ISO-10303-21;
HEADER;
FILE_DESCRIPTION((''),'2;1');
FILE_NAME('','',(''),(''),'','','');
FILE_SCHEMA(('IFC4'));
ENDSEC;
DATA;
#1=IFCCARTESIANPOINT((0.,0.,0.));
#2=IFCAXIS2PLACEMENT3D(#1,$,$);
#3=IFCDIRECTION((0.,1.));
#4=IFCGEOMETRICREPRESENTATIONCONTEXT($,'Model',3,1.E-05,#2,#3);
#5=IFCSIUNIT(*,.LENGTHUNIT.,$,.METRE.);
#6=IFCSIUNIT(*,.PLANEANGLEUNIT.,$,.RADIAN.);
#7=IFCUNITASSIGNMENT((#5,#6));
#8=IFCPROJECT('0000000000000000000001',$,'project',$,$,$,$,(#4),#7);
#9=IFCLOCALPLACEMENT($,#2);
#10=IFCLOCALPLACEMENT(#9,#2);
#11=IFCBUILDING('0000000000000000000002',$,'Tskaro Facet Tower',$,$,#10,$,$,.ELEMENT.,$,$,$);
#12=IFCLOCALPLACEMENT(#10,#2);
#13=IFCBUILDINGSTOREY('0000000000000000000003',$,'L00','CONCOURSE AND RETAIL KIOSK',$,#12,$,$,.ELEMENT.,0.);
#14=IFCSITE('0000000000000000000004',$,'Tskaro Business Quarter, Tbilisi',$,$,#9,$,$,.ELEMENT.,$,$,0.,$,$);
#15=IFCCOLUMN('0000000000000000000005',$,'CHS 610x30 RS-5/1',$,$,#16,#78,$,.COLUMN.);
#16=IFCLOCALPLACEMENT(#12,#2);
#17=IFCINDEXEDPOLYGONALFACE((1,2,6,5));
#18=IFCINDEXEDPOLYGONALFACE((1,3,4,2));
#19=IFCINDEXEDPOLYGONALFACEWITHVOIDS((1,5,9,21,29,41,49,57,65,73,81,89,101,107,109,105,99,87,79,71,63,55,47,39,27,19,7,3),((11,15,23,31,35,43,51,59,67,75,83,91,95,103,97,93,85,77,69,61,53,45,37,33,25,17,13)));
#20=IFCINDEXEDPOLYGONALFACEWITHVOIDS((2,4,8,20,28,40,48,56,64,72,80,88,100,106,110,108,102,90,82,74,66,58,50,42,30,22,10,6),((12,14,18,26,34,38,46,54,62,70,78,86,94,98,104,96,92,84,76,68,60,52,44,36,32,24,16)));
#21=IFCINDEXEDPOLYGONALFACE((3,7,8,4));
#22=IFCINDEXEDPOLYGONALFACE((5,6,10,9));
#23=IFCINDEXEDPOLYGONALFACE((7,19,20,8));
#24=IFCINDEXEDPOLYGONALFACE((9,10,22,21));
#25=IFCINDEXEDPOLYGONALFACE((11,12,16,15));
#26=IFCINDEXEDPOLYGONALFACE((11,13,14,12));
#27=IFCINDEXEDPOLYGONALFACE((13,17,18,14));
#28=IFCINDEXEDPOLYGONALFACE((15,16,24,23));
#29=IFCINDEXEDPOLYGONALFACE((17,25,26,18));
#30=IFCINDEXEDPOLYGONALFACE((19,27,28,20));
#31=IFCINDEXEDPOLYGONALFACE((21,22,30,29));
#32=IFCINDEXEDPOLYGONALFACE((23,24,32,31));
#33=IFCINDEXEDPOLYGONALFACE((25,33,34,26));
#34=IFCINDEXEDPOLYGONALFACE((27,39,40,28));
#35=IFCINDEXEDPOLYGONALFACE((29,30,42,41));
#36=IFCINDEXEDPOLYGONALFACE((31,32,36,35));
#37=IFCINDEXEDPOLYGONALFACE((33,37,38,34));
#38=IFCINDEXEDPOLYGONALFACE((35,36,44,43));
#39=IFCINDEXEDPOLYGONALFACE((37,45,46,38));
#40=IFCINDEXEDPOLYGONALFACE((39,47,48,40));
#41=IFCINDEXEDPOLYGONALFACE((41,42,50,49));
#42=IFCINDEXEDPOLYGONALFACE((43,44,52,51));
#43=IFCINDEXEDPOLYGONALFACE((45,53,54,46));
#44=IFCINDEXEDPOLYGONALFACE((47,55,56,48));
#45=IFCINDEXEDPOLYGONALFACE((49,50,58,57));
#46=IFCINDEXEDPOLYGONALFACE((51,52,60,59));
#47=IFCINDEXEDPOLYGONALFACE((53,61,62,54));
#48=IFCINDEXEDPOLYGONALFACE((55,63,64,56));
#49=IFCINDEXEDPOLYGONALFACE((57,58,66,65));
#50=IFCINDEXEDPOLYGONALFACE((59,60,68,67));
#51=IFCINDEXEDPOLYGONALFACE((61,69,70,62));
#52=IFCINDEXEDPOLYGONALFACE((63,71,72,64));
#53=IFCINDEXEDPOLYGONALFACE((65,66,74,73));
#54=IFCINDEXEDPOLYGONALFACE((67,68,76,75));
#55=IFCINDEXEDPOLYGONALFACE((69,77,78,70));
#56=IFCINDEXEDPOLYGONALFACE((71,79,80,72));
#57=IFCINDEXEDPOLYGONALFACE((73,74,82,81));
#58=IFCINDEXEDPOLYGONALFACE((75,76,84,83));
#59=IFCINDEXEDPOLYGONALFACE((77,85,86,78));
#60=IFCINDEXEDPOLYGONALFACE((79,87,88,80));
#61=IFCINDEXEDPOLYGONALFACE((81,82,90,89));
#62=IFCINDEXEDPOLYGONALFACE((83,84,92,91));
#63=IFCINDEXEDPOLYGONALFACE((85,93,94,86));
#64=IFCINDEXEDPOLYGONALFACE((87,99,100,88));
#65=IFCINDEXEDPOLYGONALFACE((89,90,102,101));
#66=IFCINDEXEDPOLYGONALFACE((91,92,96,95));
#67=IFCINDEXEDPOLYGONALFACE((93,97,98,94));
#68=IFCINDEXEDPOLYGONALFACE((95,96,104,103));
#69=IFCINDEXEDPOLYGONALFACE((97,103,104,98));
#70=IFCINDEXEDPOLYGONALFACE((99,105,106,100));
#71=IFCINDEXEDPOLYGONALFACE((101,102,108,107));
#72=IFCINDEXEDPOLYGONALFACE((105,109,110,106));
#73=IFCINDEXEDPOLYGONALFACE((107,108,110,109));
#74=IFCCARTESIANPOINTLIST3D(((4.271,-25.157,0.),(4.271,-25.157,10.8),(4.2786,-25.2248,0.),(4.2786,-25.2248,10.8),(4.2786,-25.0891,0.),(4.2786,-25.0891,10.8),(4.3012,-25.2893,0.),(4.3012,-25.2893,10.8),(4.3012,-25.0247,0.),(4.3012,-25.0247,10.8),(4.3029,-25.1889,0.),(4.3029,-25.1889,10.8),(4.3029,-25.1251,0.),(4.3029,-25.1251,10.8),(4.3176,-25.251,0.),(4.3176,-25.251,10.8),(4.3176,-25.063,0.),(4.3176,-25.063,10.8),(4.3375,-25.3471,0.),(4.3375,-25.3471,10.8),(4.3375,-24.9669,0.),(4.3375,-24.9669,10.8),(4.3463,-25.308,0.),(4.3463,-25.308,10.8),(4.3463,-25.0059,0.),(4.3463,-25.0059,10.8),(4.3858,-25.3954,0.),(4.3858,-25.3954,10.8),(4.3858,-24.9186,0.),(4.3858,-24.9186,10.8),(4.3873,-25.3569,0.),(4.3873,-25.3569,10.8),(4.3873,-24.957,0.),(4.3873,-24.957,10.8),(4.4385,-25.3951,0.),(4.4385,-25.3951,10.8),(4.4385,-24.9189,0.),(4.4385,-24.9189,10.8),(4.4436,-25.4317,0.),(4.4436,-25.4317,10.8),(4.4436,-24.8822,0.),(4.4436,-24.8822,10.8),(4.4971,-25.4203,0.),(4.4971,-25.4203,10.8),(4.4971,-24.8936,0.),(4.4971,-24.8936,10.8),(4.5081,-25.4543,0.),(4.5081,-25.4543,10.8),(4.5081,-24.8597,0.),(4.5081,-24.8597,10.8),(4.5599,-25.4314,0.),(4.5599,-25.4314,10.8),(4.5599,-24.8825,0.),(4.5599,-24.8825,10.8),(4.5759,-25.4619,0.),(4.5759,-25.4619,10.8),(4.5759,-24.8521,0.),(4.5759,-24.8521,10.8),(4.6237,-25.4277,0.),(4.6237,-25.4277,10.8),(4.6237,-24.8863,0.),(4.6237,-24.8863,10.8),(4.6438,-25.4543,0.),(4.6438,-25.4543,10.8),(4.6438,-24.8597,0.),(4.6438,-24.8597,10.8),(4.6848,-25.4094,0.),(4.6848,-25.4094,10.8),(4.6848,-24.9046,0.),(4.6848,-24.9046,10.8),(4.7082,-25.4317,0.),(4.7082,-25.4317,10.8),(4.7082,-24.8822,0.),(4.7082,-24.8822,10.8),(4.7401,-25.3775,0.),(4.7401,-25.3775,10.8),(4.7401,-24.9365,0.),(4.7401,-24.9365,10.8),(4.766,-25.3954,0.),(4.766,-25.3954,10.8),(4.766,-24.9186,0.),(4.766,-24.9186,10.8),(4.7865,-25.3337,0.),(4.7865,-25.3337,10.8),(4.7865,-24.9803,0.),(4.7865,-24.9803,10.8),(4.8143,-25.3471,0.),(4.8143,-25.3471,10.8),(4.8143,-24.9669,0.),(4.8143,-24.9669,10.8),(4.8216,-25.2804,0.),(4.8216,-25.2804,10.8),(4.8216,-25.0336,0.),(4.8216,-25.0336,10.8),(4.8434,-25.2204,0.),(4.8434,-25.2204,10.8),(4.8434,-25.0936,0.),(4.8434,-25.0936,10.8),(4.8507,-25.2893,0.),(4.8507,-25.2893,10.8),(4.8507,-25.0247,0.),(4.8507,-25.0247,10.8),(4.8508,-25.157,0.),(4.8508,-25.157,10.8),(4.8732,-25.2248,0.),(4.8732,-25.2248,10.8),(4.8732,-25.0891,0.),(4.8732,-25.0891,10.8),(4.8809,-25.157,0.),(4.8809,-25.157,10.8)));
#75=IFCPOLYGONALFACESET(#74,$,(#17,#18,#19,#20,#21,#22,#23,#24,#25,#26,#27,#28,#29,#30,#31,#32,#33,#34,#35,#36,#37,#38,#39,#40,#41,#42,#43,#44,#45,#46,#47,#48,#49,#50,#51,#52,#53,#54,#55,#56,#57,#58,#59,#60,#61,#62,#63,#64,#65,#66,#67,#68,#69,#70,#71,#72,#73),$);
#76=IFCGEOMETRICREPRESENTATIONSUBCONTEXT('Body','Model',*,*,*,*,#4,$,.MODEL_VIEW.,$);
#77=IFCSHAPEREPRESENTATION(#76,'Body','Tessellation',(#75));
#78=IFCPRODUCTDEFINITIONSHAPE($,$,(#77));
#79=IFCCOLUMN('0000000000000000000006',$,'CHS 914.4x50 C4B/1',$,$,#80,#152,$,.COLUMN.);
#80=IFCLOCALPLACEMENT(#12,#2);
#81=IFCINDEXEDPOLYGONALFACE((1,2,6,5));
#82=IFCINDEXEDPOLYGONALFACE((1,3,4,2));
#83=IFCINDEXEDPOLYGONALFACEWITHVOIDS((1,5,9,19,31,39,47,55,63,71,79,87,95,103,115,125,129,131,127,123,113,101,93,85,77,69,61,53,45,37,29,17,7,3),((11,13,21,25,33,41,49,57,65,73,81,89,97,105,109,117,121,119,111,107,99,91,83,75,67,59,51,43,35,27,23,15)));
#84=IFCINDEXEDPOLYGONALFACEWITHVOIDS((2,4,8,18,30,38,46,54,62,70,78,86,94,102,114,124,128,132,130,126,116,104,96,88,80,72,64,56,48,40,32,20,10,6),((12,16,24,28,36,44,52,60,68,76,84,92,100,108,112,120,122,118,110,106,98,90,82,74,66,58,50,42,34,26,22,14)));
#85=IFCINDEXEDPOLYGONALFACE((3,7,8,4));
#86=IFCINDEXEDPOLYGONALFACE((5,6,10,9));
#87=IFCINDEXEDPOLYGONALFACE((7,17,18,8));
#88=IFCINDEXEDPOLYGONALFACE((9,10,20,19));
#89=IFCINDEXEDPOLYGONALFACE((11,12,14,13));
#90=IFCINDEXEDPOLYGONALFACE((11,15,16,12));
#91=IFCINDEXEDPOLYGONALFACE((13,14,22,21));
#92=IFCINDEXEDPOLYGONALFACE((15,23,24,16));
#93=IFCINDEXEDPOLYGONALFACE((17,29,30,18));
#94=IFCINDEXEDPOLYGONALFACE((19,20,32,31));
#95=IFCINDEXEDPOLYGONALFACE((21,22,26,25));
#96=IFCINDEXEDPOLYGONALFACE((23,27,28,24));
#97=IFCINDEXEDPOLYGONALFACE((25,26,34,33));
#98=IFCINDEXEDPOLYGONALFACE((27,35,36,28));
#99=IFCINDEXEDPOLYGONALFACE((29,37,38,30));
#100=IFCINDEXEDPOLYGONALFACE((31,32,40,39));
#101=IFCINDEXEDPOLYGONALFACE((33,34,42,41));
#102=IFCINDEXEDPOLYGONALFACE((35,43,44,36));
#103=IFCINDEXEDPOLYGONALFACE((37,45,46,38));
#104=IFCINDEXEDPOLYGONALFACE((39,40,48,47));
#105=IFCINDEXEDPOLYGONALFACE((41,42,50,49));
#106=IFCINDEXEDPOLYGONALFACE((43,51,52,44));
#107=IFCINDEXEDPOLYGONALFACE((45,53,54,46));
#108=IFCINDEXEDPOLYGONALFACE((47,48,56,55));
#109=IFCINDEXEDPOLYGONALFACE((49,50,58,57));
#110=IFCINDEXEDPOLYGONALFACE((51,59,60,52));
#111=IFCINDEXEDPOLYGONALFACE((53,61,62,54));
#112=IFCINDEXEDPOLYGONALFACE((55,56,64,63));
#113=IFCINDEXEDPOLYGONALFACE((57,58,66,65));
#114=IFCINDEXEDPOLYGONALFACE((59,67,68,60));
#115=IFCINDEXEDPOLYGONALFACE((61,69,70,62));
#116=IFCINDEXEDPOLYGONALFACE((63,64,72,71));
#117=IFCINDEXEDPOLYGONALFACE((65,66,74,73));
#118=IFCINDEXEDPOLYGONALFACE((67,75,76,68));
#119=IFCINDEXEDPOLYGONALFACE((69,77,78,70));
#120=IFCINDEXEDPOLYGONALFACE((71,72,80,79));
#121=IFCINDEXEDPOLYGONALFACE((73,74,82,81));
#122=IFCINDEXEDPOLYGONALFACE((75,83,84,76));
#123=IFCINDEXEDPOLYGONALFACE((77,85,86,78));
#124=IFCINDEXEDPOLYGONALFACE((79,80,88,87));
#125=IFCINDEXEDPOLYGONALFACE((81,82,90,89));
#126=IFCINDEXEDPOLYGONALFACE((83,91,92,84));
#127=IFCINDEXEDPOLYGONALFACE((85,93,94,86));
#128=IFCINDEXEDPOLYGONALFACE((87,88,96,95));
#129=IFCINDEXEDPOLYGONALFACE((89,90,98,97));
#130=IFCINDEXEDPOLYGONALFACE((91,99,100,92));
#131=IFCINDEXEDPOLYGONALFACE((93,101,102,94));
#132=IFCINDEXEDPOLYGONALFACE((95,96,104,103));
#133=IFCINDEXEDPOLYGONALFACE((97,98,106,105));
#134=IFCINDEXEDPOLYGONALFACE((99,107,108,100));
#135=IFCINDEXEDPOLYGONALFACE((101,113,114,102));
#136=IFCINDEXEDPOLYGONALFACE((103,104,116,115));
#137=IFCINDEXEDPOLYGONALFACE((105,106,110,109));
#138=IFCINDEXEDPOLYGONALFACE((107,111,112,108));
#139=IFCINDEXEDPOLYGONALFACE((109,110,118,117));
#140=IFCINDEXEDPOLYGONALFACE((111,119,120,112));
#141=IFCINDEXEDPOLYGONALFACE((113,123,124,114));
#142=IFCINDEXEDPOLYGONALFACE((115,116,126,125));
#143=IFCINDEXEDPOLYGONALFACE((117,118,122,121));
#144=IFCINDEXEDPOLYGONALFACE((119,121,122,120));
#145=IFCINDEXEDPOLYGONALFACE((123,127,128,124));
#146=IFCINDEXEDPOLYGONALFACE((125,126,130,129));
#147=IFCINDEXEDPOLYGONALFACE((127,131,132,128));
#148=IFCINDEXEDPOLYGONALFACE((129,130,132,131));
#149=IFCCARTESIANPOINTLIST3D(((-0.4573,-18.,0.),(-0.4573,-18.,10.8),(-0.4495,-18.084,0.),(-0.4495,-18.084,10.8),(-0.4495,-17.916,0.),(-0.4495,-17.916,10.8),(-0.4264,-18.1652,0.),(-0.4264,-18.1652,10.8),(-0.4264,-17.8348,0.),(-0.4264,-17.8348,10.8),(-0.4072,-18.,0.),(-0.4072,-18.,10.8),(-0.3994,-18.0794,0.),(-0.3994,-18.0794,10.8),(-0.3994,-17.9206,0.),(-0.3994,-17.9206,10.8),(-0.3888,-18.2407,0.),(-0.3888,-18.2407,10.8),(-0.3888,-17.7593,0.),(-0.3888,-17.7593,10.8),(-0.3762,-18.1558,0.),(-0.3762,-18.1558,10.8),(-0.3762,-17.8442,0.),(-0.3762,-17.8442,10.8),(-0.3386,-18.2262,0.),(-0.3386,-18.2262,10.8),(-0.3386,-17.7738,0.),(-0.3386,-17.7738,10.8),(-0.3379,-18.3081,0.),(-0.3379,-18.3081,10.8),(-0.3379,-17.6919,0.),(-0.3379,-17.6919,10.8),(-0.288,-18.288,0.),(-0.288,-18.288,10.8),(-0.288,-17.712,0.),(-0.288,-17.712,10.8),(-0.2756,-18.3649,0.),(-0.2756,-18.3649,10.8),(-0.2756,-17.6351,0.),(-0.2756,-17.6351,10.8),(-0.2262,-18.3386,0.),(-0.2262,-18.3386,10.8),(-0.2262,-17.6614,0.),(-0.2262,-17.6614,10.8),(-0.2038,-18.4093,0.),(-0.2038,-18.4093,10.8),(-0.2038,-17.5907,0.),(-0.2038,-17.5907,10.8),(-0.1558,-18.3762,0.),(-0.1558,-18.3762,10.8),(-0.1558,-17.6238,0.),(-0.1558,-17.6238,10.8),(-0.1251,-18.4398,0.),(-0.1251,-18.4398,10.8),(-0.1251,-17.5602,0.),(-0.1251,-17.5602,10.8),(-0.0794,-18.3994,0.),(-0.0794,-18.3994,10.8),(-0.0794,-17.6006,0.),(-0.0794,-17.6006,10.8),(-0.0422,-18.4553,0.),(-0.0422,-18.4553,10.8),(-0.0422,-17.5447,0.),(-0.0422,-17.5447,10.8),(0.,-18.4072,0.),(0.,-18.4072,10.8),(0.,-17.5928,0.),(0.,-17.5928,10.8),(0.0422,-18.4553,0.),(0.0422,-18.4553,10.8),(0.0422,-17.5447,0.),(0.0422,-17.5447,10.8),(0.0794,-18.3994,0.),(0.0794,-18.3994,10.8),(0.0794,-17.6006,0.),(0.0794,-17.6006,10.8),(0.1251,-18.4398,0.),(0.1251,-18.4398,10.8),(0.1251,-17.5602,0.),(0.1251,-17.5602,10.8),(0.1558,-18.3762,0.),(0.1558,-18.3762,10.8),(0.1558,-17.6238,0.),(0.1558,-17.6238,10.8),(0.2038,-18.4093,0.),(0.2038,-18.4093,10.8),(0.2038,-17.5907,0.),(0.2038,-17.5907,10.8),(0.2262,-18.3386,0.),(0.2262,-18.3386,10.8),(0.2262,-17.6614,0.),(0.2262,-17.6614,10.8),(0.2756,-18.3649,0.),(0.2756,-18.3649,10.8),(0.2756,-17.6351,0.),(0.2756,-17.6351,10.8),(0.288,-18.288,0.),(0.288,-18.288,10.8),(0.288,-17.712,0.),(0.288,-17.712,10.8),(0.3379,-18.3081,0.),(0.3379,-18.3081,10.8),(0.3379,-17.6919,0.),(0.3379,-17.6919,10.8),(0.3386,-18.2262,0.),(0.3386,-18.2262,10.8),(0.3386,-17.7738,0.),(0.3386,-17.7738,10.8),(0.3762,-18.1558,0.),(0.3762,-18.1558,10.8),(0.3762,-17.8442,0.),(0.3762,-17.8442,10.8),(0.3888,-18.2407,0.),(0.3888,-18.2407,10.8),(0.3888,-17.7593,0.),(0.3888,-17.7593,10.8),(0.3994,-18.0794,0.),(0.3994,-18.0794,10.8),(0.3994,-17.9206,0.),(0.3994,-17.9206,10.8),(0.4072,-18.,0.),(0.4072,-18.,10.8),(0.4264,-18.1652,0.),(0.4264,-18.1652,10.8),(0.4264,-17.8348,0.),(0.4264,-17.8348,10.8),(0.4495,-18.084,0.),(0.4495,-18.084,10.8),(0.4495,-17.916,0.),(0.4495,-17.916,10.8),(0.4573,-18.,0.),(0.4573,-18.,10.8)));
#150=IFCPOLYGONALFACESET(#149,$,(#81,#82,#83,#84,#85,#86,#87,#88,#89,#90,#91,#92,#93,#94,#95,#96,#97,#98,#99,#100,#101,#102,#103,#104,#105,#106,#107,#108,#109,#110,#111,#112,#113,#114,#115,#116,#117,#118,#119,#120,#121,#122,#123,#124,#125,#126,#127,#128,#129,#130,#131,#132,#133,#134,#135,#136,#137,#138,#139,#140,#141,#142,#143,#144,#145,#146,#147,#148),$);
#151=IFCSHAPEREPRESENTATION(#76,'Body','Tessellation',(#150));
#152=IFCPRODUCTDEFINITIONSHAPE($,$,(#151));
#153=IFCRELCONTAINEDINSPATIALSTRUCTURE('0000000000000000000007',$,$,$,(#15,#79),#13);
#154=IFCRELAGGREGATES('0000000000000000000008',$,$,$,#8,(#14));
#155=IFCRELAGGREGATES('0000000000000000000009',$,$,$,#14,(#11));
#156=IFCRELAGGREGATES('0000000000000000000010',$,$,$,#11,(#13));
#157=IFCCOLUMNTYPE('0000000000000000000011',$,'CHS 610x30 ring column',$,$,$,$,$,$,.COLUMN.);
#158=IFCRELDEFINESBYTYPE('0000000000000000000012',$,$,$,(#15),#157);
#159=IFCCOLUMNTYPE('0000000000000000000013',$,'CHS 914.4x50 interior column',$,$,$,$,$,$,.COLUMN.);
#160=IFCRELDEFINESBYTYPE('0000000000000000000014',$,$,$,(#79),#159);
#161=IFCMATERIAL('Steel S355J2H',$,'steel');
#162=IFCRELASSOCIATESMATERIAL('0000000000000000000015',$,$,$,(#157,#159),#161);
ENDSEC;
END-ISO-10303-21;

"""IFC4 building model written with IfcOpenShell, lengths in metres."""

from ifc_helpers import new_model, si_unit, direction, frame, origin, origin_2d, place, context, subcontext, project, spatial, hollow_circle, extrude, material, material_profile, profile_set, type_object, element, save


model = new_model("IFC4")

# Units and contexts
model_context = context("Model", 3, precision=1e-05, world=origin(), true_north=direction((0.0, 1.0)))
body_context = subcontext(model_context, "Body", "Model", "MODEL_VIEW")
ifc_project = project(units=[si_unit("LENGTHUNIT", "METRE"), si_unit("PLANEANGLEUNIT", "RADIAN")], contexts=[model_context])

# Site, building, storey
site_placement = place(None, origin())
site = spatial("IfcSite", under=ifc_project, at=site_placement, Name="Tskaro Business Quarter, Tbilisi", CompositionType="ELEMENT", RefElevation=0.0)
building_placement = place(site_placement, origin())
building = spatial("IfcBuilding", under=site, at=building_placement, Name="Tskaro Facet Tower", CompositionType="ELEMENT")
storey_placement = place(building_placement, origin())
storey = spatial("IfcBuildingStorey", under=building, at=storey_placement, Name="L00", Description="CONCOURSE AND RETAIL KIOSK", CompositionType="ELEMENT", Elevation=0.0)

# Columns
ifc_material_1 = material(Name="Steel S355J2H", Category="steel")
ifc_material_profile_1 = material_profile(ifc_material_1, hollow_circle(Radius=0.3049, WallThickness=0.03, at=origin_2d()), Name="CHS 610x30")
ifc_profile_set_1 = profile_set([ifc_material_profile_1], Name="Steel S355J2H")
column_type_1 = type_object("IfcColumnType", Name="CHS 610x30 ring column", PredefinedType="COLUMN", material=ifc_profile_set_1)
column_1_placement = place(storey_placement, frame((4.5759, -25.157, 0.0), z_axis=(0.0, 0.0, 1.0), x_axis=(1.0, 0.0, 0.0)))
element("IfcColumn", 1, at=column_1_placement, inside=storey, type_object=column_type_1, Name="CHS 610x30 RS-5/1", PredefinedType="COLUMN", context=body_context, shape_type="SweptSolid", body=[
    extrude(hollow_circle(Radius=0.3049, WallThickness=0.03, at=origin_2d()), origin(), (0.0, 0.0, 1.0), 10.8),
])
ifc_material_profile_2 = material_profile(ifc_material_1, hollow_circle(Radius=0.4573, WallThickness=0.05, at=origin_2d()), Name="CHS 914.4x50")
ifc_profile_set_2 = profile_set([ifc_material_profile_2], Name="Steel S355J2H")
column_type_2 = type_object("IfcColumnType", Name="CHS 914.4x50 interior column", PredefinedType="COLUMN", material=ifc_profile_set_2)
column_2_placement = place(storey_placement, frame((0.0, -18.0, 0.0), z_axis=(0.0, 0.0, 1.0), x_axis=(1.0, 0.0, 0.0)))
element("IfcColumn", 2, at=column_2_placement, inside=storey, type_object=column_type_2, Name="CHS 914.4x50 C4B/1", PredefinedType="COLUMN", context=body_context, shape_type="SweptSolid", body=[
    extrude(hollow_circle(Radius=0.4573, WallThickness=0.05, at=origin_2d()), origin(), (0.0, 0.0, 1.0), 10.8),
])

save(model, "model.ifc")
